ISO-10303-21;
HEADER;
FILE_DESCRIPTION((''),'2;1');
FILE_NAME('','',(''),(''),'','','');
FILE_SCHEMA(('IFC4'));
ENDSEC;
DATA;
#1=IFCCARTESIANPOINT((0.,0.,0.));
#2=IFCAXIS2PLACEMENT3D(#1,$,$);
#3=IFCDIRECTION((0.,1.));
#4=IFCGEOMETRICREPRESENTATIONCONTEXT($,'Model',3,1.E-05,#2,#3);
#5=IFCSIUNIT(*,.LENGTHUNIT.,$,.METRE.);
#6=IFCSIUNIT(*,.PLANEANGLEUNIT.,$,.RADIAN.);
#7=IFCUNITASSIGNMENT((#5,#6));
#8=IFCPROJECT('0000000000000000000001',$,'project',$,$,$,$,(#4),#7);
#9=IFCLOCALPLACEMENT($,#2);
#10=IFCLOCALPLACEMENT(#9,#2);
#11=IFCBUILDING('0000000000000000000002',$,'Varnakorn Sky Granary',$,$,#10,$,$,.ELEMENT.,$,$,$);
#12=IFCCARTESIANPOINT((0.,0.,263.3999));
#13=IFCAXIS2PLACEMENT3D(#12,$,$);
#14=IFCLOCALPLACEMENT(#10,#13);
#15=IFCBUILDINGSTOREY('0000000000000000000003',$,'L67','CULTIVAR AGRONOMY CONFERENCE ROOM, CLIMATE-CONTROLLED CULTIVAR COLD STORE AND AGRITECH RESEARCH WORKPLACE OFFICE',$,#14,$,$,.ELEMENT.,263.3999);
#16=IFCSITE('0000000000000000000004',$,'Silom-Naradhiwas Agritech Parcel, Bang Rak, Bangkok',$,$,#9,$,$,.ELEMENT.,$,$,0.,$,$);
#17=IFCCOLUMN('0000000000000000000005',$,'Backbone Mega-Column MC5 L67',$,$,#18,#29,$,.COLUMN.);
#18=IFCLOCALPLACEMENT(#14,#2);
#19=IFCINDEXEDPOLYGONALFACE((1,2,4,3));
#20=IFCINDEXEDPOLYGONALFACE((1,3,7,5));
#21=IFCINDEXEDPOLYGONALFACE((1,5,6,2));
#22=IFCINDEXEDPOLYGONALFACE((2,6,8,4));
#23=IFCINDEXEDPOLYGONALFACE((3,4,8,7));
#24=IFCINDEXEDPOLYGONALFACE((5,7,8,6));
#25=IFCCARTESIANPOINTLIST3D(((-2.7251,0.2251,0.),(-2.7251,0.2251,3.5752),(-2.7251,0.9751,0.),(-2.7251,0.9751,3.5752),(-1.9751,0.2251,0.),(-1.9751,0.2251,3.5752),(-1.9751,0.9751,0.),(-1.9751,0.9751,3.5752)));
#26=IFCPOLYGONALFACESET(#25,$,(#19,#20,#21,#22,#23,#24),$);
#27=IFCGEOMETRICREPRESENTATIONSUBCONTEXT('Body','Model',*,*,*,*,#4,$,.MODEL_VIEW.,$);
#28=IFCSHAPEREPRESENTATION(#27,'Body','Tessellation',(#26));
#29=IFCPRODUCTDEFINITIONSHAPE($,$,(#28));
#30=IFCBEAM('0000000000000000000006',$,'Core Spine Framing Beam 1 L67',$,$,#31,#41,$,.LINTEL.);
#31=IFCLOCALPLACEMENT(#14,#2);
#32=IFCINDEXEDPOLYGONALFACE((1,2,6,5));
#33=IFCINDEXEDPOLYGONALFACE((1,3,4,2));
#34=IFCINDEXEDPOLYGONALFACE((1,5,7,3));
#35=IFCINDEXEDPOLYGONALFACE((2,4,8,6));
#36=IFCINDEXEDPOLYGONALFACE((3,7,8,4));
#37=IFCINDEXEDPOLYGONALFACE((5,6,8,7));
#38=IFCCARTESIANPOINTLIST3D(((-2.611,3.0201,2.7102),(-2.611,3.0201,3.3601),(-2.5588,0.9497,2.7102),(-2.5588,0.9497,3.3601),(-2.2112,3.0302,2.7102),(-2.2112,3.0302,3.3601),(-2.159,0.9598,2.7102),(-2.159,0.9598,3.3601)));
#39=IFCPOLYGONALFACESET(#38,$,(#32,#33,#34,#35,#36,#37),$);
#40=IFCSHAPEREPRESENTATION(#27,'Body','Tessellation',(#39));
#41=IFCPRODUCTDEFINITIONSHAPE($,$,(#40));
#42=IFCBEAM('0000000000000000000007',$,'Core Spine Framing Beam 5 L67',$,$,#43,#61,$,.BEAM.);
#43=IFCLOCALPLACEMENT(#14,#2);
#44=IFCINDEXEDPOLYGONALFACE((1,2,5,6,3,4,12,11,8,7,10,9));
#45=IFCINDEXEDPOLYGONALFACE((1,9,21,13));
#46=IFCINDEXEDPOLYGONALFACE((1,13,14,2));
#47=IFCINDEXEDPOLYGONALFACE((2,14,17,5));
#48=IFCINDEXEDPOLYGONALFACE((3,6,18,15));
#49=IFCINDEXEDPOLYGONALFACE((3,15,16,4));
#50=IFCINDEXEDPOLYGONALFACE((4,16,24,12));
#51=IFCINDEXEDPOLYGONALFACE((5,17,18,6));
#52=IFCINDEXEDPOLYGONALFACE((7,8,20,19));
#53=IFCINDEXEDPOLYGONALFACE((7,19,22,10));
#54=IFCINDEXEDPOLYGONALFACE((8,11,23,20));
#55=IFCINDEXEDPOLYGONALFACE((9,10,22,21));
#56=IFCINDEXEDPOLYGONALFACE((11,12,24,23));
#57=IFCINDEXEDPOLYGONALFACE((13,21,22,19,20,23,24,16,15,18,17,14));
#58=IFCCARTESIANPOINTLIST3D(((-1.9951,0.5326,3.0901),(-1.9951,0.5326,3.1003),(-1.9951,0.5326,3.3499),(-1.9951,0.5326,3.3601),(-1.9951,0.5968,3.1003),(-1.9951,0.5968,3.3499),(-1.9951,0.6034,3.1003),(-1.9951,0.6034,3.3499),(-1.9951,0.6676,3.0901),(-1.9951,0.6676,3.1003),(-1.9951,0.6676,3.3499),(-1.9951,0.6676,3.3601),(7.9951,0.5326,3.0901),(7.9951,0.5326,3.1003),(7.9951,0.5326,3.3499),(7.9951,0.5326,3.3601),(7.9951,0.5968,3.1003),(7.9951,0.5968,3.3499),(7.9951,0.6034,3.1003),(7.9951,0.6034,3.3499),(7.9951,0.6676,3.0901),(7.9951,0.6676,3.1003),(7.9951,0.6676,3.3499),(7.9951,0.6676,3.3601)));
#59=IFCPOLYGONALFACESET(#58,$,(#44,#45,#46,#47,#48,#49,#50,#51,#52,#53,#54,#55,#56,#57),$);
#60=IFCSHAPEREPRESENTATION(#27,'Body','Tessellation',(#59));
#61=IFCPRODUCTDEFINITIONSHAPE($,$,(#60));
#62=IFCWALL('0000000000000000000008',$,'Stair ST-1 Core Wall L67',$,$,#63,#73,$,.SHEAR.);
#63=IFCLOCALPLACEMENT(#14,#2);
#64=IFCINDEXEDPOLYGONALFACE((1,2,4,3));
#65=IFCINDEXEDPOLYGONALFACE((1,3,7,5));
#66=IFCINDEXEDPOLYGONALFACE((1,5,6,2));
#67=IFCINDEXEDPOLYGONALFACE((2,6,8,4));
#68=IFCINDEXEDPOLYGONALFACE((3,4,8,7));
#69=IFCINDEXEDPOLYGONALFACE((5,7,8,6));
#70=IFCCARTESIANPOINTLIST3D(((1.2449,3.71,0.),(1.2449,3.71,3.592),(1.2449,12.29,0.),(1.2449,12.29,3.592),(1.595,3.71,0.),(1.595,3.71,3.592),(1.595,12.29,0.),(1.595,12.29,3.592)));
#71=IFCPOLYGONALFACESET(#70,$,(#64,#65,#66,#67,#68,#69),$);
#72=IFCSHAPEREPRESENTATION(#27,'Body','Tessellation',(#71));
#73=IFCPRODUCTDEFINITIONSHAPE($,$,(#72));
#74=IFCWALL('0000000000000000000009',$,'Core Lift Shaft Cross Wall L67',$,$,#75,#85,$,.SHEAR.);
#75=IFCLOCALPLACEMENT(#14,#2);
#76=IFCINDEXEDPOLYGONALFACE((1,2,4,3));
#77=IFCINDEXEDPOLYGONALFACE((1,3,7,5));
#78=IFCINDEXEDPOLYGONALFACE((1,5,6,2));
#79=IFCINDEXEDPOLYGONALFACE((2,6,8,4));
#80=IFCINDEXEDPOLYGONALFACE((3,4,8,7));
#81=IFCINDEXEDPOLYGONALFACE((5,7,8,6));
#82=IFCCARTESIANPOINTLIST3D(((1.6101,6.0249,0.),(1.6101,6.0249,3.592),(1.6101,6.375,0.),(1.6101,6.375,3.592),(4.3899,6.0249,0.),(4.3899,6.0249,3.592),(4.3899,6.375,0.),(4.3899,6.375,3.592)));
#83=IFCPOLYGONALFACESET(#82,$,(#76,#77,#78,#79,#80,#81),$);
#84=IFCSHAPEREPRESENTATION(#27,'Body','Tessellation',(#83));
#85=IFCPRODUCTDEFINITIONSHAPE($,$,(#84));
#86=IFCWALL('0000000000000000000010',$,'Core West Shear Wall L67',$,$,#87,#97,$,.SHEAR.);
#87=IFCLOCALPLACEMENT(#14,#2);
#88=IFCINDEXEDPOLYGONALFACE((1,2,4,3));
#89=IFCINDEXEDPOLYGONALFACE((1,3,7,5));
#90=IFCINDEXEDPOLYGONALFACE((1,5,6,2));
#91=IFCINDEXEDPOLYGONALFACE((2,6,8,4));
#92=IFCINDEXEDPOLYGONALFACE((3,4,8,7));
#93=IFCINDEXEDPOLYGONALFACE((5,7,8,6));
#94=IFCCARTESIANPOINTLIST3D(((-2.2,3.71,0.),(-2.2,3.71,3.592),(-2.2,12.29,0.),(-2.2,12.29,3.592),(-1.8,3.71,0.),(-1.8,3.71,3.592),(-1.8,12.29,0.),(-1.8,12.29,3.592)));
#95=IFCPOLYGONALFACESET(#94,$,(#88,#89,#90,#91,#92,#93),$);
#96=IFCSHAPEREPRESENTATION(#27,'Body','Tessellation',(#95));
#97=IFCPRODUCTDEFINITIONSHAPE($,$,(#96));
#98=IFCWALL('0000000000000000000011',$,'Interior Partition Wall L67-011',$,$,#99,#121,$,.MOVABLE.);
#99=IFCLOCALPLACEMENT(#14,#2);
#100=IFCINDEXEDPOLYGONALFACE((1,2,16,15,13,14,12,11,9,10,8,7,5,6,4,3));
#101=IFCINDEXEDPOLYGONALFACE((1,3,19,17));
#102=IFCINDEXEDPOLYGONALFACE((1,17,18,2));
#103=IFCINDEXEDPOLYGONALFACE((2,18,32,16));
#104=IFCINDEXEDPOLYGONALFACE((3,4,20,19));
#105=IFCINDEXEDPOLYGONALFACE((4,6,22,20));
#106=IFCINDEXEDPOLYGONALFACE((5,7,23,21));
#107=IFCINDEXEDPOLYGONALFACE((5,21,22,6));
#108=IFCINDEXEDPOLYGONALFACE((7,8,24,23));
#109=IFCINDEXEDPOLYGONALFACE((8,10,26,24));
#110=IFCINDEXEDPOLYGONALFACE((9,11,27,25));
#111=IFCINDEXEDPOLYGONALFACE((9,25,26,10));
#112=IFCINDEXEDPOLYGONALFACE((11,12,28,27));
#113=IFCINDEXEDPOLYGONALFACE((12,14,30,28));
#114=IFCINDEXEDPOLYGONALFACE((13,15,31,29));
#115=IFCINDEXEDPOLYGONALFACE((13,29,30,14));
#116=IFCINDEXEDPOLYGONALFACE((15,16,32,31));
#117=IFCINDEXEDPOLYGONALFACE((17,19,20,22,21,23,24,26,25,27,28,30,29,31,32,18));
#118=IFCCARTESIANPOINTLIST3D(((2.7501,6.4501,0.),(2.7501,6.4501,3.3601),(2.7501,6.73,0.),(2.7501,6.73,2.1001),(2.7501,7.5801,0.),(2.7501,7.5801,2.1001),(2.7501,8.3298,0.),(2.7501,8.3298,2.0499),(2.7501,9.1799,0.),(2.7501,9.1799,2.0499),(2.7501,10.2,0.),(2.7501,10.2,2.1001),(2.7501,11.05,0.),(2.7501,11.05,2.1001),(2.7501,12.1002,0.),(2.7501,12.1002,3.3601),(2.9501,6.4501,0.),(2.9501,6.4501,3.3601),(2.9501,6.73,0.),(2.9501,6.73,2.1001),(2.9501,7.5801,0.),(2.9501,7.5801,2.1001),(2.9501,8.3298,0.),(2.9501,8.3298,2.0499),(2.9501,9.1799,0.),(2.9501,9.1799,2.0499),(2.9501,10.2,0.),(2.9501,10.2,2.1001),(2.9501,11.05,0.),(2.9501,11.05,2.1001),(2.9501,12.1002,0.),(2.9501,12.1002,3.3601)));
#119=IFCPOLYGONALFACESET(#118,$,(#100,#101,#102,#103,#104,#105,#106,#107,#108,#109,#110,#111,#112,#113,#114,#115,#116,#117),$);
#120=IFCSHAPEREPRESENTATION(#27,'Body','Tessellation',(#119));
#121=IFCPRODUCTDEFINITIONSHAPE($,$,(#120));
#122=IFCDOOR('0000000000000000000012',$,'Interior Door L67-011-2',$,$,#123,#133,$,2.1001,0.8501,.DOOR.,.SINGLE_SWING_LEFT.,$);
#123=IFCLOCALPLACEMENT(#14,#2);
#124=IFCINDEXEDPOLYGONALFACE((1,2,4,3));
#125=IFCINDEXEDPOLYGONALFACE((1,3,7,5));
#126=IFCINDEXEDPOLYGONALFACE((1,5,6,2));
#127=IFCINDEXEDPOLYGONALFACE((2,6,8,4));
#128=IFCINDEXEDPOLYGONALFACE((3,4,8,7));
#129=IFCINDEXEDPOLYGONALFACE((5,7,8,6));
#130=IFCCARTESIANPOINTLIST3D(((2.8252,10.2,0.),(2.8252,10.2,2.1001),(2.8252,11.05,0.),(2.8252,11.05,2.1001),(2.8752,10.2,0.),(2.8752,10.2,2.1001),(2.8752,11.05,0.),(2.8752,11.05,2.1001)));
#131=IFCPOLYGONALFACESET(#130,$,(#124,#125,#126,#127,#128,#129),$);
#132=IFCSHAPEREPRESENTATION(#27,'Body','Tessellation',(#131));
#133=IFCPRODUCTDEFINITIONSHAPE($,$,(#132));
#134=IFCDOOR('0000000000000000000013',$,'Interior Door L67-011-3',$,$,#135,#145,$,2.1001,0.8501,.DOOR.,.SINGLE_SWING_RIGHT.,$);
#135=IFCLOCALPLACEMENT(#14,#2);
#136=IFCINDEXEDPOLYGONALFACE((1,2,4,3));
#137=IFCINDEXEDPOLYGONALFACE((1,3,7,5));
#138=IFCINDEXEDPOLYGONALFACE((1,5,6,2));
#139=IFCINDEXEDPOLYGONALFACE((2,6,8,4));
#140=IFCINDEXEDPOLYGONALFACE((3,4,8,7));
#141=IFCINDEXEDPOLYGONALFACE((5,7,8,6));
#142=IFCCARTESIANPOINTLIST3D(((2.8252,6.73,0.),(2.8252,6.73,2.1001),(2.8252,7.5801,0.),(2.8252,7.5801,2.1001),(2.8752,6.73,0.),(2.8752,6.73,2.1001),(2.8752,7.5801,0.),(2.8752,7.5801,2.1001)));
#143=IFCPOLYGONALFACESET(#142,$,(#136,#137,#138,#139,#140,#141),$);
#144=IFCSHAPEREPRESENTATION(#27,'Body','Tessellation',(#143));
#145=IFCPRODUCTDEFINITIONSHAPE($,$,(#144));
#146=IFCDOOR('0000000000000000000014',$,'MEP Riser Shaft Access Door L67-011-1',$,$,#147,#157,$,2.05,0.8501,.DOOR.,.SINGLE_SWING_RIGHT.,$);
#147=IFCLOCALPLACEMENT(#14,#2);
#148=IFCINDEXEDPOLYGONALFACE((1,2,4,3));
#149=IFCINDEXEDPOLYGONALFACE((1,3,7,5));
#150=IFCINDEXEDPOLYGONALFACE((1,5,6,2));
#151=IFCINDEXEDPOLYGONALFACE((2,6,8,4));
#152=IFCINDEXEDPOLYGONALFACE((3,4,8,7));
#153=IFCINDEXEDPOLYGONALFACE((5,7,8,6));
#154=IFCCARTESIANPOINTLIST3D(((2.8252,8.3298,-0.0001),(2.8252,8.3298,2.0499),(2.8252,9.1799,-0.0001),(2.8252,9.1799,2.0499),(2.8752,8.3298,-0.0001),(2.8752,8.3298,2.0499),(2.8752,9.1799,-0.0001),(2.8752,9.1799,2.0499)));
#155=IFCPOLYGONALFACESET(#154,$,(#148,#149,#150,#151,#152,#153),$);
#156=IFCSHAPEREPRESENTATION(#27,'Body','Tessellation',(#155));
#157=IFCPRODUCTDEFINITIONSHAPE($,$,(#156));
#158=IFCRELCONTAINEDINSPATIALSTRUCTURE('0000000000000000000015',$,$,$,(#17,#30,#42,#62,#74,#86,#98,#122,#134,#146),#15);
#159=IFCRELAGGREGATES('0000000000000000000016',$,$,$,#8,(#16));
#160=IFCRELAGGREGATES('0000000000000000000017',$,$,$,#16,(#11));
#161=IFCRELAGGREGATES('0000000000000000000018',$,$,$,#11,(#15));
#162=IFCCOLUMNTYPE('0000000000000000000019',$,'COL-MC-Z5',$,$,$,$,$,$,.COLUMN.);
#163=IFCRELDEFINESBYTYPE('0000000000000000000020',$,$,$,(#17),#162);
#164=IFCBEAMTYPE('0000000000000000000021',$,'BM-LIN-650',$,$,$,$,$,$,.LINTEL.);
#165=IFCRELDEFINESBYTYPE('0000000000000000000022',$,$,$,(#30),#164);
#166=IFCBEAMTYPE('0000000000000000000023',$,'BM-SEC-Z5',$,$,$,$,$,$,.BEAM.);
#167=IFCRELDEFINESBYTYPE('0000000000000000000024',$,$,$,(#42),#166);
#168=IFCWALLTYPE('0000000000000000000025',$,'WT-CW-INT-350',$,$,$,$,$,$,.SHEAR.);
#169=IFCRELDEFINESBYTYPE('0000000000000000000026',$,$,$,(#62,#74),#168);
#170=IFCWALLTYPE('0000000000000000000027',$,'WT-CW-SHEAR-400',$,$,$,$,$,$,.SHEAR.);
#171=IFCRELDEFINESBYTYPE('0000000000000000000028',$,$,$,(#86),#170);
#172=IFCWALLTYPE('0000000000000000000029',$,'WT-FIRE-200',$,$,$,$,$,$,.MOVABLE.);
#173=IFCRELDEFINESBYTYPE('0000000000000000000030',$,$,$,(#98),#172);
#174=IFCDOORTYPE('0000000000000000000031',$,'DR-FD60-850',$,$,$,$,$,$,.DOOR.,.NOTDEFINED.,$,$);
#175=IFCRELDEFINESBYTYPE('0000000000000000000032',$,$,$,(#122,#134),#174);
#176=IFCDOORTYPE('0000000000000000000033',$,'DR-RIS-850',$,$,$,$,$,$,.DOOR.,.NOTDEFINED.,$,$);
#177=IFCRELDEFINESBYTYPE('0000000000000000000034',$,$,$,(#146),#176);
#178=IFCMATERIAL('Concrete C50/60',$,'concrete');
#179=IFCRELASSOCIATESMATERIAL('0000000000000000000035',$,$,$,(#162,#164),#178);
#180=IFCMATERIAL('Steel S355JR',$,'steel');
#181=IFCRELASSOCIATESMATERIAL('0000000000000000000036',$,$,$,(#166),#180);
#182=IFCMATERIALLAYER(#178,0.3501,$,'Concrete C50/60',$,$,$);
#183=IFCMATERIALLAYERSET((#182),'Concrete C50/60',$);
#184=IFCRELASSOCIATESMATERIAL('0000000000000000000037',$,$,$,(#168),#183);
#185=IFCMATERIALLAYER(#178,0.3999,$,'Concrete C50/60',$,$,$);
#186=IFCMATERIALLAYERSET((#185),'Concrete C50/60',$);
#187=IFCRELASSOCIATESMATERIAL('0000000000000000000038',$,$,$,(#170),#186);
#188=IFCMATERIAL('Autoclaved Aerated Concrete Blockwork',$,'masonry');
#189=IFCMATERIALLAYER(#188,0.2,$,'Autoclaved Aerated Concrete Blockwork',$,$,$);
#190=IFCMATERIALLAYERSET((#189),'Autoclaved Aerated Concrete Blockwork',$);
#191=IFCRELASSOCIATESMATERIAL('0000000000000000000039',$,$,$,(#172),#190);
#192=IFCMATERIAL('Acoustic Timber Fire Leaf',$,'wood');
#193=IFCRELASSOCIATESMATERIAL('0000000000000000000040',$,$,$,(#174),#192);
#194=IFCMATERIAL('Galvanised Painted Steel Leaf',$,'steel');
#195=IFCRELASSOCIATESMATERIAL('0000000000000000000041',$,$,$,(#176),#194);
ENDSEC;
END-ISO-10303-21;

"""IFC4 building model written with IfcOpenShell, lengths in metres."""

from ifc_helpers import new_model, si_unit, direction, frame, frame_2d, origin, origin_2d, place, context, subcontext, project, spatial, rectangle, i_section, extrude, material, layer, layer_set, material_profile, profile_set, type_object, element, fill, save


model = new_model("IFC4")

# Units and contexts
model_context = context("Model", 3, precision=1e-05, world=origin(), true_north=direction((0.0, 1.0)))
body_context = subcontext(model_context, "Body", "Model", "MODEL_VIEW")
ifc_project = project(units=[si_unit("LENGTHUNIT", "METRE"), si_unit("PLANEANGLEUNIT", "RADIAN")], contexts=[model_context])

# Site, building, storey
site_placement = place(None, origin())
site = spatial("IfcSite", under=ifc_project, at=site_placement, Name="Silom-Naradhiwas Agritech Parcel, Bang Rak, Bangkok", CompositionType="ELEMENT", RefElevation=0.0)
building_placement = place(site_placement, origin())
building = spatial("IfcBuilding", under=site, at=building_placement, Name="Varnakorn Sky Granary", CompositionType="ELEMENT")
storey_placement = place(building_placement, frame((0.0, 0.0, 263.3999)))
storey = spatial("IfcBuildingStorey", under=building, at=storey_placement, Name="L67", Description="CULTIVAR AGRONOMY CONFERENCE ROOM, CLIMATE-CONTROLLED CULTIVAR COLD STORE AND AGRITECH RESEARCH WORKPLACE OFFICE", CompositionType="ELEMENT", Elevation=263.3999)

# Column
ifc_material_1 = material(Name="Concrete C50/60", Category="concrete")
ifc_material_profile_1 = material_profile(ifc_material_1, rectangle(XDim=0.75, YDim=0.75, at=origin_2d()), Name="RC 750x750")
ifc_profile_set_1 = profile_set([ifc_material_profile_1], Name="Concrete C50/60")
column_type = type_object("IfcColumnType", Name="COL-MC-Z5", PredefinedType="COLUMN", material=ifc_profile_set_1)
column_placement = place(storey_placement, frame((-2.3501, 0.6001, 0.0), z_axis=(0.0, 0.0, 1.0), x_axis=(1.0, 0.0, 0.0)))
element("IfcColumn", 1, at=column_placement, inside=storey, type_object=column_type, Name="Backbone Mega-Column MC5 L67", PredefinedType="COLUMN", context=body_context, shape_type="SweptSolid", body=[
    extrude(rectangle(XDim=0.75, YDim=0.75, at=origin_2d()), origin(), (0.0, 0.0, 1.0), 3.5752),
])

# Beams
ifc_material_profile_2 = material_profile(ifc_material_1, rectangle(XDim=0.3999, YDim=0.6499, at=origin_2d()), Name="RC 400x650")
ifc_profile_set_2 = profile_set([ifc_material_profile_2], Name="Concrete C50/60")
beam_type_1 = type_object("IfcBeamType", Name="BM-LIN-650", PredefinedType="LINTEL", material=ifc_profile_set_2)
beam_1_placement = place(storey_placement, frame((-2.4111, 3.0251, 3.0352), z_axis=(0.025228, -0.999682, 0.0), x_axis=(0.999682, 0.025228, 0.0)))
element("IfcBeam", 2, at=beam_1_placement, inside=storey, type_object=beam_type_1, Name="Core Spine Framing Beam 1 L67", PredefinedType="LINTEL", context=body_context, shape_type="SweptSolid", body=[
    extrude(rectangle(XDim=0.3999, YDim=0.6499, at=origin_2d()), origin(), (0.0, 0.0, 1.0), 2.071),
])
ifc_material_2 = material(Name="Steel S355JR", Category="steel")
ifc_material_profile_3 = material_profile(ifc_material_2, i_section(OverallWidth=0.135, OverallDepth=0.27, WebThickness=0.0066, FlangeThickness=0.0103, at=origin_2d()), Name="IPE 270")
ifc_profile_set_3 = profile_set([ifc_material_profile_3], Name="Steel S355JR")
beam_type_2 = type_object("IfcBeamType", Name="BM-SEC-Z5", PredefinedType="BEAM", material=ifc_profile_set_3)
beam_2_placement = place(storey_placement, frame((-1.9951, 0.6001, 3.2251), z_axis=(1.0, 0.0, 0.0), x_axis=(0.0, 1.0, 0.0)))
element("IfcBeam", 3, at=beam_2_placement, inside=storey, type_object=beam_type_2, Name="Core Spine Framing Beam 5 L67", PredefinedType="BEAM", context=body_context, shape_type="SweptSolid", body=[
    extrude(i_section(OverallWidth=0.135, OverallDepth=0.27, WebThickness=0.0066, FlangeThickness=0.0103, at=origin_2d()), origin(), (0.0, 0.0, 1.0), 9.9902),
])

# Walls
ifc_layer_1 = layer(ifc_material_1, 0.3501, Name="Concrete C50/60")
ifc_layer_set_1 = layer_set([ifc_layer_1], Name="Concrete C50/60")
wall_type_1 = type_object("IfcWallType", Name="WT-CW-INT-350", PredefinedType="SHEAR", material=ifc_layer_set_1)
wall_1_placement = place(storey_placement, frame((1.4199, 3.71, 0.0), z_axis=(0.0, 0.0, 1.0), x_axis=(0.0, 1.0, 0.0)))
element("IfcWall", 4, at=wall_1_placement, inside=storey, type_object=wall_type_1, Name="Stair ST-1 Core Wall L67", PredefinedType="SHEAR", context=body_context, shape_type="SweptSolid", body=[
    extrude(rectangle(XDim=8.5801, YDim=0.3501, at=frame_2d((4.29, 0.0))), origin(), (0.0, 0.0, 1.0), 3.592),
])
wall_2_placement = place(storey_placement, frame((1.6101, 6.2, 0.0), z_axis=(0.0, 0.0, 1.0), x_axis=(1.0, 0.0, 0.0)))
element("IfcWall", 5, at=wall_2_placement, inside=storey, type_object=wall_type_1, Name="Core Lift Shaft Cross Wall L67", PredefinedType="SHEAR", context=body_context, shape_type="SweptSolid", body=[
    extrude(rectangle(XDim=2.7798, YDim=0.3501, at=frame_2d((1.3899, 0.0))), origin(), (0.0, 0.0, 1.0), 3.592),
])

# Shared definitions
ifc_layer_2 = layer(ifc_material_1, 0.3999, Name="Concrete C50/60")
ifc_layer_set_2 = layer_set([ifc_layer_2], Name="Concrete C50/60")
wall_type_2 = type_object("IfcWallType", Name="WT-CW-SHEAR-400", PredefinedType="SHEAR", material=ifc_layer_set_2)
ifc_material_3 = material(Name="Galvanised Painted Steel Leaf", Category="steel")

# Wall
wall_3_placement = place(storey_placement, frame((-2.0, 3.71, 0.0), z_axis=(0.0, 0.0, 1.0), x_axis=(0.0, 1.0, 0.0)))
element("IfcWall", 6, at=wall_3_placement, inside=storey, type_object=wall_type_2, Name="Core West Shear Wall L67", PredefinedType="SHEAR", context=body_context, shape_type="SweptSolid", body=[
    extrude(rectangle(XDim=8.5801, YDim=0.3999, at=frame_2d((4.29, 0.0))), origin(), (0.0, 0.0, 1.0), 3.592),
])

# Wall, openings, doors
ifc_material_4 = material(Name="Autoclaved Aerated Concrete Blockwork", Category="masonry")
ifc_layer_3 = layer(ifc_material_4, 0.2, Name="Autoclaved Aerated Concrete Blockwork")
ifc_layer_set_3 = layer_set([ifc_layer_3], Name="Autoclaved Aerated Concrete Blockwork")
wall_type_3 = type_object("IfcWallType", Name="WT-FIRE-200", PredefinedType="MOVABLE", material=ifc_layer_set_3)
wall_4_placement = place(storey_placement, frame((2.8501, 6.45, 0.0), z_axis=(0.0, 0.0, 1.0), x_axis=(0.0, 1.0, 0.0)))
wall_4 = element("IfcWall", 7, at=wall_4_placement, inside=storey, type_object=wall_type_3, Name="Interior Partition Wall L67-011", PredefinedType="MOVABLE", context=body_context, shape_type="SweptSolid", body=[
    extrude(rectangle(XDim=5.6501, YDim=0.2, at=frame_2d((2.8252, 0.0))), origin(), (0.0, 0.0, 1.0), 3.3601),
])
opening_1_placement = place(wall_4_placement, frame((1.8799, 0.0, 0.0)))
opening_1 = element("IfcOpeningElement", 8, at=opening_1_placement, cuts=wall_4, PredefinedType="OPENING", context=body_context, shape_type="SweptSolid", body=[
    extrude(rectangle(XDim=0.8501, YDim=2.05, at=frame_2d((0.425, 1.0249))), frame((0.0, 0.1099, 0.0), z_axis=(0.0, -1.0, 0.0), x_axis=(1.0, 0.0, 0.0)), (0.0, 0.0, 1.0), 0.22),
])
opening_2_placement = place(wall_4_placement, frame((3.75, 0.0, 0.0)))
opening_2 = element("IfcOpeningElement", 9, at=opening_2_placement, cuts=wall_4, PredefinedType="OPENING", context=body_context, shape_type="SweptSolid", body=[
    extrude(rectangle(XDim=0.8501, YDim=2.1001, at=frame_2d((0.425, 1.05))), frame((0.0, 0.1099, 0.0), z_axis=(0.0, -1.0, 0.0), x_axis=(1.0, 0.0, 0.0)), (0.0, 0.0, 1.0), 0.22),
])
opening_3_placement = place(wall_4_placement, frame((0.28, 0.0, 0.0)))
opening_3 = element("IfcOpeningElement", 10, at=opening_3_placement, cuts=wall_4, PredefinedType="OPENING", context=body_context, shape_type="SweptSolid", body=[
    extrude(rectangle(XDim=0.8501, YDim=2.1001, at=frame_2d((0.425, 1.05))), frame((0.0, 0.1099, 0.0), z_axis=(0.0, -1.0, 0.0), x_axis=(1.0, 0.0, 0.0)), (0.0, 0.0, 1.0), 0.22),
])
ifc_material_5 = material(Name="Acoustic Timber Fire Leaf", Category="wood")
door_type_1 = type_object("IfcDoorType", Name="DR-FD60-850", OperationType="NOTDEFINED", PredefinedType="DOOR", material=ifc_material_5)
door_1_placement = place(opening_2_placement, origin())
door_1 = element("IfcDoor", 11, at=door_1_placement, inside=storey, type_object=door_type_1, Name="Interior Door L67-011-2", OperationType="SINGLE_SWING_LEFT", OverallHeight=2.1001, OverallWidth=0.8501, PredefinedType="DOOR", context=body_context, shape_type="SweptSolid", body=[
    extrude(rectangle(XDim=0.8501, YDim=2.1001, at=frame_2d((0.425, 1.05))), frame((0.0, 0.0249, 0.0), z_axis=(0.0, -1.0, 0.0), x_axis=(1.0, 0.0, 0.0)), (0.0, 0.0, 1.0), 0.05),
])
fill(opening_2, door_1)
door_2_placement = place(opening_3_placement, origin())
door_2 = element("IfcDoor", 12, at=door_2_placement, inside=storey, type_object=door_type_1, Name="Interior Door L67-011-3", OperationType="SINGLE_SWING_RIGHT", OverallHeight=2.1001, OverallWidth=0.8501, PredefinedType="DOOR", context=body_context, shape_type="SweptSolid", body=[
    extrude(rectangle(XDim=0.8501, YDim=2.1001, at=frame_2d((0.425, 1.05))), frame((0.0, 0.0249, 0.0), z_axis=(0.0, -1.0, 0.0), x_axis=(1.0, 0.0, 0.0)), (0.0, 0.0, 1.0), 0.05),
])
fill(opening_3, door_2)
door_type_2 = type_object("IfcDoorType", Name="DR-RIS-850", OperationType="NOTDEFINED", PredefinedType="DOOR", material=ifc_material_3)
door_3_placement = place(opening_1_placement, origin())
door_3 = element("IfcDoor", 13, at=door_3_placement, inside=storey, type_object=door_type_2, Name="MEP Riser Shaft Access Door L67-011-1", OperationType="SINGLE_SWING_RIGHT", OverallHeight=2.05, OverallWidth=0.8501, PredefinedType="DOOR", context=body_context, shape_type="SweptSolid", body=[
    extrude(rectangle(XDim=0.8501, YDim=2.05, at=frame_2d((0.425, 1.0249))), frame((0.0, 0.0249, 0.0), z_axis=(0.0, -1.0, 0.0), x_axis=(1.0, 0.0, 0.0)), (0.0, 0.0, 1.0), 0.05),
])
fill(opening_1, door_3)

save(model, "model.ifc")
